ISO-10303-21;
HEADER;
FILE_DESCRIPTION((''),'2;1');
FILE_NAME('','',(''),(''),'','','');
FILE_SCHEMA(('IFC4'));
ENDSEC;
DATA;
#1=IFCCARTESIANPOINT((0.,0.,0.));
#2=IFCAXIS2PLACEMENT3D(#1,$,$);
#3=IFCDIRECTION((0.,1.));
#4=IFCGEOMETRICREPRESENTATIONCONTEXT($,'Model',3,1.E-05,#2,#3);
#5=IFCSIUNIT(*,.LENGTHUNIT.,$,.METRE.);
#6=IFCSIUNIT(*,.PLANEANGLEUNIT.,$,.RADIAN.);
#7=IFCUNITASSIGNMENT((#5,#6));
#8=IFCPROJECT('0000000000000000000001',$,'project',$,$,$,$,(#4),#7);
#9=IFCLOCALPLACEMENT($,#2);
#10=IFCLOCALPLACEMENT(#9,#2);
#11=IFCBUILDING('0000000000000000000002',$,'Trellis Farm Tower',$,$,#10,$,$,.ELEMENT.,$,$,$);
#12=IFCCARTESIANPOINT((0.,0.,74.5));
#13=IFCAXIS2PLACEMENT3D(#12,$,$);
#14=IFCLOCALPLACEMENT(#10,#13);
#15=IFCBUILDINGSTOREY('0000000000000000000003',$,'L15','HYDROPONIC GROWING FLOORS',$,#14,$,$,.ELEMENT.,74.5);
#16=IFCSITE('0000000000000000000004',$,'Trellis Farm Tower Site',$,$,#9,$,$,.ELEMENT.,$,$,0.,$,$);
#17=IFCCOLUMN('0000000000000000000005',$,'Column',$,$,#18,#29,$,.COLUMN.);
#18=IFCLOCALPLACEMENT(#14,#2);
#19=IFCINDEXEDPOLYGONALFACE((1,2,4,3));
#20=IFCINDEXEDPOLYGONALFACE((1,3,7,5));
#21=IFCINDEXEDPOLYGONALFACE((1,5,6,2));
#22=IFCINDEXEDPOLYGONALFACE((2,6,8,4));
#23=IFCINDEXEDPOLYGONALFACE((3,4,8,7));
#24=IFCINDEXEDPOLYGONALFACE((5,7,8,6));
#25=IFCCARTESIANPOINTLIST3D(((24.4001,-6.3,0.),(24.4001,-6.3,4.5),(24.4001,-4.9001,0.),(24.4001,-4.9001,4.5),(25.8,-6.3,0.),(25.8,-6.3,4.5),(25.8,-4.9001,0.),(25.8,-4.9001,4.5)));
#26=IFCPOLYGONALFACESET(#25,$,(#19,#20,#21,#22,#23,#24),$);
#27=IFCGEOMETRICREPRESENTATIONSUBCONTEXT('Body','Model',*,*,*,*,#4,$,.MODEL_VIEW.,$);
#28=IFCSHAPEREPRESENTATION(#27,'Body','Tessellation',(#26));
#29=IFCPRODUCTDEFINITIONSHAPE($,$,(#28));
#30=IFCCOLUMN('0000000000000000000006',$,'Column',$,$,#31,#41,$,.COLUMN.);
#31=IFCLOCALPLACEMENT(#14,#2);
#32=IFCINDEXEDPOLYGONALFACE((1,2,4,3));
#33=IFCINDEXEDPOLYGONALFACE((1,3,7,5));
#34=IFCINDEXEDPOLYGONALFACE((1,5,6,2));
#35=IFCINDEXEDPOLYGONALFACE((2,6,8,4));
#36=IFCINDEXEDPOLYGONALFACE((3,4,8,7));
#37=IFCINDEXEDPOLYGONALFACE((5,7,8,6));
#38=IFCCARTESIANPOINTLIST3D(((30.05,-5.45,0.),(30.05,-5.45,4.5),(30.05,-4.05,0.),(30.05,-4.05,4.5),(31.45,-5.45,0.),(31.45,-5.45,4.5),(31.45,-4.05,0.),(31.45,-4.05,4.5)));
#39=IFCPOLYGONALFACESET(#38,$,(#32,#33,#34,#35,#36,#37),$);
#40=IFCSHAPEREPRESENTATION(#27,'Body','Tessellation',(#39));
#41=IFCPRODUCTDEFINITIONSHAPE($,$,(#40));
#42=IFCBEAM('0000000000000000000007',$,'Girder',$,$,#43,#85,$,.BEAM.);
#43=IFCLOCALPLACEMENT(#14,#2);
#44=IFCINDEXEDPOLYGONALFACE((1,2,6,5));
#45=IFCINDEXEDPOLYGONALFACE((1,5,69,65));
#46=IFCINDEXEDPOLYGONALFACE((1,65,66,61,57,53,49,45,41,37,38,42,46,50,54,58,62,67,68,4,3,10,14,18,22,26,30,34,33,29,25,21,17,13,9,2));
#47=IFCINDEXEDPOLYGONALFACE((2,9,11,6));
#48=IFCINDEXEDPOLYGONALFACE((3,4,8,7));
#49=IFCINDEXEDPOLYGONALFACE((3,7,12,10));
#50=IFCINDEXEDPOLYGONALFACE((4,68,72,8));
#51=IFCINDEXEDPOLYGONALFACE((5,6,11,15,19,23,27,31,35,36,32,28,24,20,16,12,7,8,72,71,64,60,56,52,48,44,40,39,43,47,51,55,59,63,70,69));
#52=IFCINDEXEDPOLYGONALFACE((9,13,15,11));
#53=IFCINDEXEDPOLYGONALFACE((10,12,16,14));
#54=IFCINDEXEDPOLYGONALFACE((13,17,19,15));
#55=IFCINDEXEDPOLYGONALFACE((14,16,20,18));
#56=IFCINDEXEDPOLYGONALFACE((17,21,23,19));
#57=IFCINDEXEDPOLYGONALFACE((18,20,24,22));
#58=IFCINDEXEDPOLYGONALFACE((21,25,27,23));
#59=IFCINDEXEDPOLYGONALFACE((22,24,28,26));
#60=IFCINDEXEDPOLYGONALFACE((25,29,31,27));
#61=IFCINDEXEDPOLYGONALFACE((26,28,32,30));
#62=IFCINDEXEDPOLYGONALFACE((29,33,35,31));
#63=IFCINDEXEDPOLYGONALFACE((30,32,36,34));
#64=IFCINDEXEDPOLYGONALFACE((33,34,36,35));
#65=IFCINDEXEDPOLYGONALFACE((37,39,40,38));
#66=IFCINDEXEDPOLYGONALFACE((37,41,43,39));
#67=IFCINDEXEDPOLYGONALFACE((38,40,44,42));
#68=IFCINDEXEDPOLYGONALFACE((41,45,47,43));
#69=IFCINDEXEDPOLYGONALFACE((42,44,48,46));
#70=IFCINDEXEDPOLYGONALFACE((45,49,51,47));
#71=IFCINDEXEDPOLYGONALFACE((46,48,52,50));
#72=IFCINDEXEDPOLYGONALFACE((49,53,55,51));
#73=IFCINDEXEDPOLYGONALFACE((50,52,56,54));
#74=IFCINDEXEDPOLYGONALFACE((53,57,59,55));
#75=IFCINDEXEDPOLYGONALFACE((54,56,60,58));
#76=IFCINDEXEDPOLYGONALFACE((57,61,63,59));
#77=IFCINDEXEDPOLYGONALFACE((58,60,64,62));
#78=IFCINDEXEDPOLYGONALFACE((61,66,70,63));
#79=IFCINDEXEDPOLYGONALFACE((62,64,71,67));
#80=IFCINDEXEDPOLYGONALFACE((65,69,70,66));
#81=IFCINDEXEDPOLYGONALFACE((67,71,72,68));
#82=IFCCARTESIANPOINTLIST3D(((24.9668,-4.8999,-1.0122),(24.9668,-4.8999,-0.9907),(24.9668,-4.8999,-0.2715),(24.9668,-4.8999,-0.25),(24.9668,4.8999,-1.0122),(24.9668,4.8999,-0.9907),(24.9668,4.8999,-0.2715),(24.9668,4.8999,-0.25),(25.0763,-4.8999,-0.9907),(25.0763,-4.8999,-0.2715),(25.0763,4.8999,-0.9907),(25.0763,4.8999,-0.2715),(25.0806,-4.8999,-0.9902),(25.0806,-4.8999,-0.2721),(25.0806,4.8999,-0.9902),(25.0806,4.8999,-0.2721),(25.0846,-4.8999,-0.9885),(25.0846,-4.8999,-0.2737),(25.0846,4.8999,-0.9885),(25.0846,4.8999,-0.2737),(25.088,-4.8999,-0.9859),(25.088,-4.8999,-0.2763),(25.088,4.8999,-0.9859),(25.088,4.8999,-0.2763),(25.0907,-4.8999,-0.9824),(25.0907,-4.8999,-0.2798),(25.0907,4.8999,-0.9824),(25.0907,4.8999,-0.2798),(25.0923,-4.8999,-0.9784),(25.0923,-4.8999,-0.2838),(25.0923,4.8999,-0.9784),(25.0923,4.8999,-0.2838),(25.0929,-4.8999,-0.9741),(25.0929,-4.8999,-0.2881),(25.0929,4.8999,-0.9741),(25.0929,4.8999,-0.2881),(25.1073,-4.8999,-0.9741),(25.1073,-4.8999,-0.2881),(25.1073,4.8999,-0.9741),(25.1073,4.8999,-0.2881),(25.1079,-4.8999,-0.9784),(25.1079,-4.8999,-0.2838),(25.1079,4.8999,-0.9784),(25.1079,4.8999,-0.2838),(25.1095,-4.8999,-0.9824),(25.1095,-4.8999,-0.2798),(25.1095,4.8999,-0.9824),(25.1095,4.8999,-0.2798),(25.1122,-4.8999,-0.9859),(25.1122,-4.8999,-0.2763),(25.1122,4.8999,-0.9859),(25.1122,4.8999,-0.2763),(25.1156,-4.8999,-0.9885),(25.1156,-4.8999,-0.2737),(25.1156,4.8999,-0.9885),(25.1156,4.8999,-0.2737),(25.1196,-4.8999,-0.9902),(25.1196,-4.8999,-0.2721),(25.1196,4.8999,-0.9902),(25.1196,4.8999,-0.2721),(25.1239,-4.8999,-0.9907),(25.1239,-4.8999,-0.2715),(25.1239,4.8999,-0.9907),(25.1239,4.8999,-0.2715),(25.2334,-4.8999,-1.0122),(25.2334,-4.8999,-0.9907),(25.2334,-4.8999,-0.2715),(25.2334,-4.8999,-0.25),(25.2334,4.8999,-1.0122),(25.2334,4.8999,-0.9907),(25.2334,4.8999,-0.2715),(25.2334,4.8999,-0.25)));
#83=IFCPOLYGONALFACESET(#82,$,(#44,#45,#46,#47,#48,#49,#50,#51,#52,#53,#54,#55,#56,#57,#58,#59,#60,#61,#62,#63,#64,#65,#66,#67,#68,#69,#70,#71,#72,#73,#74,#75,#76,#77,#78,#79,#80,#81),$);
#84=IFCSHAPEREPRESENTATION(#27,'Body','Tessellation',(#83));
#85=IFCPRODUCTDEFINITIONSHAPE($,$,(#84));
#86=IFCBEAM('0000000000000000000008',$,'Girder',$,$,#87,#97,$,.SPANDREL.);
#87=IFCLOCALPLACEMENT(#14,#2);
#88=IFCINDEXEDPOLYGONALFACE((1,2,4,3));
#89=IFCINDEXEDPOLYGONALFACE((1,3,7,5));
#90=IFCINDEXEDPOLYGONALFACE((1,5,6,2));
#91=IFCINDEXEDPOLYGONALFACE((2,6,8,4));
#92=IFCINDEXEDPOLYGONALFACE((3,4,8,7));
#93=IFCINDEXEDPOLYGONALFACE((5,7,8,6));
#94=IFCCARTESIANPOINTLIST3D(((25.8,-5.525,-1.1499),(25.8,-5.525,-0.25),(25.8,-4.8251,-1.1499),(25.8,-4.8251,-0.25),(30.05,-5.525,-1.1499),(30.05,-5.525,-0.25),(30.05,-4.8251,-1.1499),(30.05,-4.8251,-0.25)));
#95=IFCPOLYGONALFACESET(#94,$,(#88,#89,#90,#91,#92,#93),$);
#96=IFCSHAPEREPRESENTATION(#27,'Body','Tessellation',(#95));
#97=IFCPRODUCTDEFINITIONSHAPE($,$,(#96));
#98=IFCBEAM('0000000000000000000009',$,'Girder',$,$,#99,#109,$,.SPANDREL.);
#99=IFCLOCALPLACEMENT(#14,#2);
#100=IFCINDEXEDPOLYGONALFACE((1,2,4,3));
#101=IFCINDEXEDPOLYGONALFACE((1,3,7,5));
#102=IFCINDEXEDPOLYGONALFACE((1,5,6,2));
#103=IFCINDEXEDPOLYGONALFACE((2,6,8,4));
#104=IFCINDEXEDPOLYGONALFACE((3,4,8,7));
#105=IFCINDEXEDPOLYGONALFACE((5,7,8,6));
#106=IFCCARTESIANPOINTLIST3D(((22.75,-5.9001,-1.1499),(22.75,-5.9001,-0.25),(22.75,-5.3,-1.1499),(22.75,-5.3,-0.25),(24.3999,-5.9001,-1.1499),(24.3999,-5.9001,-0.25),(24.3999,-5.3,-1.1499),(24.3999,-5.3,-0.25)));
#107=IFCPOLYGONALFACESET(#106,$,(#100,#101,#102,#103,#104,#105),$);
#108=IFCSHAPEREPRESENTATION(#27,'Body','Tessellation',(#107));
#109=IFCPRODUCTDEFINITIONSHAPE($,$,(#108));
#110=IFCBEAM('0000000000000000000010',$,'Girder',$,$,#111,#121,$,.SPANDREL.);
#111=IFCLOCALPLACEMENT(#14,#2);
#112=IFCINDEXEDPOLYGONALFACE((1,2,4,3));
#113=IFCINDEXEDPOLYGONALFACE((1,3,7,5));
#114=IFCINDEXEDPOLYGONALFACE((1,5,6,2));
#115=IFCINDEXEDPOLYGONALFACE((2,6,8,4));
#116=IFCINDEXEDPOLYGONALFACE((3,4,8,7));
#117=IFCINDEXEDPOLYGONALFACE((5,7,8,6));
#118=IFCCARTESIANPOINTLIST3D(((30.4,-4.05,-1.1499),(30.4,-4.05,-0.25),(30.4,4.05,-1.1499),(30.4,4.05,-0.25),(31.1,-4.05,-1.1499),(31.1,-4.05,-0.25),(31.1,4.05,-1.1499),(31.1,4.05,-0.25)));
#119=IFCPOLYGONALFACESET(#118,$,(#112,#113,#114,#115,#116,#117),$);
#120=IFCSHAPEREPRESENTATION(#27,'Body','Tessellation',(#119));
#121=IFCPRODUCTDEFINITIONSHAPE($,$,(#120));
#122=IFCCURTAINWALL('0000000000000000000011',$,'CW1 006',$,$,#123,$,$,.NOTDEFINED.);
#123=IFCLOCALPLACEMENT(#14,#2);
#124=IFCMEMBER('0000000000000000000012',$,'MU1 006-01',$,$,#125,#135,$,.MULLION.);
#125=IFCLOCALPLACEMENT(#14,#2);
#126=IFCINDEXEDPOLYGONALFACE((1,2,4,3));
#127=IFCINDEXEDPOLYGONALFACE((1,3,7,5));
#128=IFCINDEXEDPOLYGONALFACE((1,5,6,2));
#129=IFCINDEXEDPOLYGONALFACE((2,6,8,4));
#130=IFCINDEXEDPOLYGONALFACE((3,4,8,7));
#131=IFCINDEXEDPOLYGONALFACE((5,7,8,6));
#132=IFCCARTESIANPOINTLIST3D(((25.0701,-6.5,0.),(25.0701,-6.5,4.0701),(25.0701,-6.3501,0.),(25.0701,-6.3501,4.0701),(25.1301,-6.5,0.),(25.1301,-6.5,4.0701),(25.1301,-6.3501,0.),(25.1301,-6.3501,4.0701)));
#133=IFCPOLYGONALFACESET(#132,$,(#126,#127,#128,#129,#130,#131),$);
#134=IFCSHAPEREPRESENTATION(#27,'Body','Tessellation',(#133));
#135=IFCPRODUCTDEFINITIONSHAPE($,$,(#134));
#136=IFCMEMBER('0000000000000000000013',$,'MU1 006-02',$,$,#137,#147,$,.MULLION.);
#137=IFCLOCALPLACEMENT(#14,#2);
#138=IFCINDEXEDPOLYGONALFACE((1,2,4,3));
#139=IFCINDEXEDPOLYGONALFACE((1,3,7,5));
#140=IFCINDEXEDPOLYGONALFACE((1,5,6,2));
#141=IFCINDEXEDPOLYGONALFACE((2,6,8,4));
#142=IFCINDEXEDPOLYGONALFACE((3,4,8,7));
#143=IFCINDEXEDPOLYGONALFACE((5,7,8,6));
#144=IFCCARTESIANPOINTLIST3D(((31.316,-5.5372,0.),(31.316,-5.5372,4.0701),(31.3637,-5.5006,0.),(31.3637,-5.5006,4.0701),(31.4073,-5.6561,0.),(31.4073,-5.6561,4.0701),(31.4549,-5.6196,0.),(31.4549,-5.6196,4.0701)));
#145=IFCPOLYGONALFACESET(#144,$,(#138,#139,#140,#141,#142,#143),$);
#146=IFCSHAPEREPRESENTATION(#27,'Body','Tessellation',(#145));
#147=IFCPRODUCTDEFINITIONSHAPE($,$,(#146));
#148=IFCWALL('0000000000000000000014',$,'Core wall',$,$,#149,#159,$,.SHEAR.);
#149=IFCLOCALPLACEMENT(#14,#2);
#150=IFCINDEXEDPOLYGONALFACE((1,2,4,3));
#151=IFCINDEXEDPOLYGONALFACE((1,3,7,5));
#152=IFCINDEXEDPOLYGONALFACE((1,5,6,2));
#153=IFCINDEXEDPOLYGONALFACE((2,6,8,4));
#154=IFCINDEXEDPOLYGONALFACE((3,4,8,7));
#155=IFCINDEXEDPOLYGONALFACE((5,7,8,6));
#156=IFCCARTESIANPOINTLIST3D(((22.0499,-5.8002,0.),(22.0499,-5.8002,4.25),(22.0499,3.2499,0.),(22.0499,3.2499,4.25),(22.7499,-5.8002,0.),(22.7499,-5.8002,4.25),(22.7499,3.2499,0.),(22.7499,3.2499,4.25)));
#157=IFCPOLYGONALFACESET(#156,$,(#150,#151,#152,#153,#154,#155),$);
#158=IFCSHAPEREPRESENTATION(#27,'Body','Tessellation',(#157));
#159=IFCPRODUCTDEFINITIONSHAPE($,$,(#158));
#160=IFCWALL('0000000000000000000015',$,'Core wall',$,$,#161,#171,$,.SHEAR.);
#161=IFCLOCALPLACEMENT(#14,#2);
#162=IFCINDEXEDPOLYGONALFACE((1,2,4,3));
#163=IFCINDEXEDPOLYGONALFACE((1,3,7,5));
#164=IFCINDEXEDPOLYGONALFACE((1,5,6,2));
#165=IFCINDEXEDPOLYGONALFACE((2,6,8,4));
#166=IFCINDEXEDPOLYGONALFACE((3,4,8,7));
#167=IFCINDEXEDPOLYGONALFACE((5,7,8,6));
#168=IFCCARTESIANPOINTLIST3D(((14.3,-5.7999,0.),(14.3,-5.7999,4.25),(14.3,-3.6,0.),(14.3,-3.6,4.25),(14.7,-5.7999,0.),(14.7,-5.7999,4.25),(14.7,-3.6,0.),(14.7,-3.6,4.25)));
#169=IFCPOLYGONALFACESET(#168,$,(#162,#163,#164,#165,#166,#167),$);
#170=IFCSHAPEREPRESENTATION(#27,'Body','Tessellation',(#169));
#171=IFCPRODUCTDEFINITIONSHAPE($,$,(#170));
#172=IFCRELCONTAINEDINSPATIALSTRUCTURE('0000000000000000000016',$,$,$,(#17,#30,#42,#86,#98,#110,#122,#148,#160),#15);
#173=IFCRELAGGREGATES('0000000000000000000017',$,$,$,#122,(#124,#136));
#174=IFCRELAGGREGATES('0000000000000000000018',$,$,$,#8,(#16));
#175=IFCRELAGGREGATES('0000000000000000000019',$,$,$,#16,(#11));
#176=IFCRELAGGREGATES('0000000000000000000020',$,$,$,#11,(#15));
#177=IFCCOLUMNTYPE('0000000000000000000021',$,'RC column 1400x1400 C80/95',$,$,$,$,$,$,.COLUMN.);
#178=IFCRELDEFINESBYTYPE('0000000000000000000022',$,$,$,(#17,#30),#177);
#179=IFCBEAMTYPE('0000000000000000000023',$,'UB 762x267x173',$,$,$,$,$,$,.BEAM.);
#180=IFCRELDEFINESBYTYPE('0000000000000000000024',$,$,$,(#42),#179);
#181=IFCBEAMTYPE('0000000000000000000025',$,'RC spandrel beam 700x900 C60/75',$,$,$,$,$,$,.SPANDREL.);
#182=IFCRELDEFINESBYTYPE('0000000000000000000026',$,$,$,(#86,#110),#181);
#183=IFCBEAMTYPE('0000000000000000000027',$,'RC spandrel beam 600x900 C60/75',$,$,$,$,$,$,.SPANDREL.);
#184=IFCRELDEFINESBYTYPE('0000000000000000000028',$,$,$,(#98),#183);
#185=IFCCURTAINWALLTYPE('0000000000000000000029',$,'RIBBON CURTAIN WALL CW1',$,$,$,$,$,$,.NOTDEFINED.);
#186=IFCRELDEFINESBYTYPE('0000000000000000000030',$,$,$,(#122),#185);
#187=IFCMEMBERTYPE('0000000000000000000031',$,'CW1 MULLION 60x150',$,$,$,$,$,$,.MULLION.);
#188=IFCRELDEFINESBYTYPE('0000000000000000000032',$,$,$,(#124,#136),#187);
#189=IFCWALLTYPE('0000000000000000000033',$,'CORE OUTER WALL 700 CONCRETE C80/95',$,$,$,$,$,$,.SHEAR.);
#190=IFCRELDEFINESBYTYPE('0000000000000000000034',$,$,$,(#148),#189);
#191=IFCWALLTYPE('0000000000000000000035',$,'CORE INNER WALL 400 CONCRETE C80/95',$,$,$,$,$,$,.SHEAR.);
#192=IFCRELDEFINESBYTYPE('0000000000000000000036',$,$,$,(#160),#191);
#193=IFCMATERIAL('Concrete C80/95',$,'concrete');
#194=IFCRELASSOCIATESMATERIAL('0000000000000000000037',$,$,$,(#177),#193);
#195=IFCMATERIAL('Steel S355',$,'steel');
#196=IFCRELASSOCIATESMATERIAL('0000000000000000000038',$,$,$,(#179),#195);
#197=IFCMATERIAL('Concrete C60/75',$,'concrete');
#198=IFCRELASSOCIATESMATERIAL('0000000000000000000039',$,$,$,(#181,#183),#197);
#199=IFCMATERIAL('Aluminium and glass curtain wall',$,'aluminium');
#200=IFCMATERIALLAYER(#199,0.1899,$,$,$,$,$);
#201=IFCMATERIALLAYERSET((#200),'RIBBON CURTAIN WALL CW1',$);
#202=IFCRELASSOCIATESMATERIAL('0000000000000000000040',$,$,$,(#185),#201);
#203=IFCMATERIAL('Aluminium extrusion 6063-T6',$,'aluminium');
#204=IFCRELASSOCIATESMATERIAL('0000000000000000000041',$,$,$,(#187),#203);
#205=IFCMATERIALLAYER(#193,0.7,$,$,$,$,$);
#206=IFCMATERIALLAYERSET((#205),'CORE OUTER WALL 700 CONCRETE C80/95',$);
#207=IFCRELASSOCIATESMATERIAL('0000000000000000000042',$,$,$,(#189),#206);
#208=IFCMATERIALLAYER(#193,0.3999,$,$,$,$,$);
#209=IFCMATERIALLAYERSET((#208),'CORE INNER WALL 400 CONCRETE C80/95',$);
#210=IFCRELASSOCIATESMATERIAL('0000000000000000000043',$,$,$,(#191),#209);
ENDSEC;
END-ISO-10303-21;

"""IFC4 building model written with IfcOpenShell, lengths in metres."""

from ifc_helpers import new_model, si_unit, direction, frame, frame_2d, origin, origin_2d, place, context, subcontext, project, spatial, rectangle, i_section, extrude, source, transform, mapped, material, layer, layer_set, material_profile, profile_set, type_object, element, aggregate, save


model = new_model("IFC4")

# Units and contexts
model_context = context("Model", 3, precision=1e-05, world=origin(), true_north=direction((0.0, 1.0)))
body_context = subcontext(model_context, "Body", "Model", "MODEL_VIEW")
ifc_project = project(units=[si_unit("LENGTHUNIT", "METRE"), si_unit("PLANEANGLEUNIT", "RADIAN")], contexts=[model_context])

# Site, building, storey
site_placement = place(None, origin())
site = spatial("IfcSite", under=ifc_project, at=site_placement, Name="Trellis Farm Tower Site", CompositionType="ELEMENT", RefElevation=0.0)
building_placement = place(site_placement, origin())
building = spatial("IfcBuilding", under=site, at=building_placement, Name="Trellis Farm Tower", CompositionType="ELEMENT")
storey_placement = place(building_placement, frame((0.0, 0.0, 74.5)))
storey = spatial("IfcBuildingStorey", under=building, at=storey_placement, Name="L15", Description="HYDROPONIC GROWING FLOORS", CompositionType="ELEMENT", Elevation=74.5)

# Columns
ifc_material_1 = material(Name="Concrete C80/95", Category="concrete")
ifc_material_profile_1 = material_profile(ifc_material_1, rectangle(XDim=1.3999, YDim=1.3999, at=origin_2d()), Name="RC column 1400x1400 C80/95")
ifc_profile_set_1 = profile_set([ifc_material_profile_1], Name="Concrete C80/95")
column_type = type_object("IfcColumnType", Name="RC column 1400x1400 C80/95", PredefinedType="COLUMN", material=ifc_profile_set_1)
shared_shape_1 = source(origin(), body_context, "Body", "SweptSolid", [
    extrude(rectangle(XDim=1.3999, YDim=1.3999, at=origin_2d()), origin(), (0.0, 0.0, 1.0), 4.5),
])
for number, where, z_axis, x_axis, name in (
    (1, (25.1001, -5.6001, 0.0), (0.0, 0.0, 1.0), (1.0, 0.0, 0.0), "Column"),
    (2, (30.75, -4.75, 0.0), (0.0, 0.0, 1.0), (1.0, 0.0, 0.0), "Column"),
):
    element("IfcColumn", number, at=place(storey_placement, frame(where, z_axis=z_axis, x_axis=x_axis)), inside=storey, type_object=column_type, Name=name, PredefinedType="COLUMN", context=body_context, shape_type="MappedRepresentation", body=[
        mapped(shared_shape_1, transform((0.0, 0.0, 0.0))),
    ])

# Beams
ifc_material_2 = material(Name="Steel S355", Category="steel")
ifc_material_profile_2 = material_profile(ifc_material_2, i_section(OverallWidth=0.2666, OverallDepth=0.7622, WebThickness=0.0144, FlangeThickness=0.0215, FilletRadius=0.0166, at=origin_2d()), Name="UB 762x267x173")
ifc_profile_set_2 = profile_set([ifc_material_profile_2], Name="Steel S355")
beam_type_1 = type_object("IfcBeamType", Name="UB 762x267x173", PredefinedType="BEAM", material=ifc_profile_set_2)
shared_shape_2 = source(origin(), body_context, "Body", "SweptSolid", [
    extrude(i_section(OverallWidth=0.2666, OverallDepth=0.7622, WebThickness=0.0144, FlangeThickness=0.0215, FilletRadius=0.0166, at=origin_2d()), origin(), (0.0, 0.0, 1.0), 9.7998),
])
beam_1_placement = place(storey_placement, frame((25.1001, -4.8999, -0.6311), z_axis=(0.0, 1.0, 0.0), x_axis=(-1.0, 0.0, 0.0)))
element("IfcBeam", 3, at=beam_1_placement, inside=storey, type_object=beam_type_1, Name="Girder", PredefinedType="BEAM", context=body_context, shape_type="MappedRepresentation", body=[
    mapped(shared_shape_2, transform((0.0, 0.0, 0.0))),
])
ifc_material_3 = material(Name="Concrete C60/75", Category="concrete")
ifc_material_profile_3 = material_profile(ifc_material_3, rectangle(XDim=0.7, YDim=0.8999, at=origin_2d()), Name="RC spandrel beam 700x900 C60/75")
ifc_profile_set_3 = profile_set([ifc_material_profile_3], Name="Concrete C60/75")
beam_type_2 = type_object("IfcBeamType", Name="RC spandrel beam 700x900 C60/75", PredefinedType="SPANDREL", material=ifc_profile_set_3)
shared_shape_3 = source(origin(), body_context, "Body", "SweptSolid", [
    extrude(rectangle(XDim=0.7, YDim=0.8999, at=origin_2d()), origin(), (0.0, 0.0, 1.0), 4.25),
])
beam_2_placement = place(storey_placement, frame((25.8, -5.175, -0.7), z_axis=(1.0, 0.0, 0.0), x_axis=(0.0, 1.0, 0.0)))
element("IfcBeam", 4, at=beam_2_placement, inside=storey, type_object=beam_type_2, Name="Girder", PredefinedType="SPANDREL", context=body_context, shape_type="MappedRepresentation", body=[
    mapped(shared_shape_3, transform((0.0, 0.0, 0.0))),
])
ifc_material_profile_4 = material_profile(ifc_material_3, rectangle(XDim=0.6001, YDim=0.8999, at=origin_2d()), Name="RC spandrel beam 600x900 C60/75")
ifc_profile_set_4 = profile_set([ifc_material_profile_4], Name="Concrete C60/75")
beam_type_3 = type_object("IfcBeamType", Name="RC spandrel beam 600x900 C60/75", PredefinedType="SPANDREL", material=ifc_profile_set_4)
shared_shape_4 = source(origin(), body_context, "Body", "SweptSolid", [
    extrude(rectangle(XDim=0.6001, YDim=0.8999, at=origin_2d()), origin(), (0.0, 0.0, 1.0), 1.6499),
])
beam_3_placement = place(storey_placement, frame((22.75, -5.6001, -0.7), z_axis=(1.0, 0.0, 0.0), x_axis=(0.0, 1.0, 0.0)))
element("IfcBeam", 5, at=beam_3_placement, inside=storey, type_object=beam_type_3, Name="Girder", PredefinedType="SPANDREL", context=body_context, shape_type="MappedRepresentation", body=[
    mapped(shared_shape_4, transform((0.0, 0.0, 0.0))),
])
shared_shape_5 = source(origin(), body_context, "Body", "SweptSolid", [
    extrude(rectangle(XDim=0.7, YDim=0.8999, at=origin_2d()), origin(), (0.0, 0.0, 1.0), 8.1001),
])
beam_4_placement = place(storey_placement, frame((30.75, -4.05, -0.7), z_axis=(0.0, 1.0, 0.0), x_axis=(-1.0, 0.0, 0.0)))
element("IfcBeam", 6, at=beam_4_placement, inside=storey, type_object=beam_type_2, Name="Girder", PredefinedType="SPANDREL", context=body_context, shape_type="MappedRepresentation", body=[
    mapped(shared_shape_5, transform((0.0, 0.0, 0.0))),
])

# Curtain wall, members
ifc_material_4 = material(Name="Aluminium and glass curtain wall", Category="aluminium")
ifc_layer_1 = layer(ifc_material_4, 0.1899)
ifc_layer_set_1 = layer_set([ifc_layer_1], Name="RIBBON CURTAIN WALL CW1")
curtain_wall_type = type_object("IfcCurtainWallType", Name="RIBBON CURTAIN WALL CW1", PredefinedType="NOTDEFINED", material=ifc_layer_set_1)
placement = place(storey_placement, origin())
curtain_wall = element("IfcCurtainWall", 7, at=placement, inside=storey, type_object=curtain_wall_type, Name="CW1 006", PredefinedType="NOTDEFINED")
ifc_material_5 = material(Name="Aluminium extrusion 6063-T6", Category="aluminium")
ifc_material_profile_5 = material_profile(ifc_material_5, rectangle(XDim=0.0601, YDim=0.1499, at=origin_2d()), Name="MULLION 60x150")
ifc_profile_set_5 = profile_set([ifc_material_profile_5], Name="Aluminium extrusion 6063-T6")
member_type = type_object("IfcMemberType", Name="CW1 MULLION 60x150", PredefinedType="MULLION", material=ifc_profile_set_5)
shared_shape_6 = source(origin(), body_context, "Body", "SweptSolid", [
    extrude(rectangle(XDim=0.0601, YDim=0.1499, at=origin_2d()), origin(), (0.0, 0.0, 1.0), 4.0701),
])
member_1_placement = place(storey_placement, frame((25.1001, -6.425, 0.0), z_axis=(0.0, 0.0, 1.0), x_axis=(1.0, 0.0, 0.0)))
member_1 = element("IfcMember", 8, at=member_1_placement, type_object=member_type, Name="MU1 006-01", PredefinedType="MULLION", context=body_context, shape_type="MappedRepresentation", body=[
    mapped(shared_shape_6, transform((0.0, 0.0, 0.0))),
])
member_2_placement = place(storey_placement, frame((31.3855, -5.5784, 0.0), z_axis=(0.0, 0.0, 1.0), x_axis=(0.793353, 0.608761, 0.0)))
member_2 = element("IfcMember", 9, at=member_2_placement, type_object=member_type, Name="MU1 006-02", PredefinedType="MULLION", context=body_context, shape_type="MappedRepresentation", body=[
    mapped(shared_shape_6, transform((0.0, 0.0, 0.0))),
])
aggregate(curtain_wall, [member_1, member_2])

# Walls
ifc_layer_2 = layer(ifc_material_1, 0.7)
ifc_layer_set_2 = layer_set([ifc_layer_2], Name="CORE OUTER WALL 700 CONCRETE C80/95")
wall_type_1 = type_object("IfcWallType", Name="CORE OUTER WALL 700 CONCRETE C80/95", PredefinedType="SHEAR", material=ifc_layer_set_2)
shared_shape_7 = source(origin(), body_context, "Body", "SweptSolid", [
    extrude(rectangle(XDim=9.05, YDim=0.7, at=frame_2d((4.5249, 0.0))), origin(), (0.0, 0.0, 1.0), 4.25),
])
wall_1_placement = place(storey_placement, frame((22.3999, -5.8, 0.0), z_axis=(0.0, 0.0, 1.0), x_axis=(0.0, 1.0, 0.0)))
element("IfcWall", 10, at=wall_1_placement, inside=storey, type_object=wall_type_1, Name="Core wall", PredefinedType="SHEAR", context=body_context, shape_type="MappedRepresentation", body=[
    mapped(shared_shape_7, transform((0.0, 0.0, 0.0))),
])
ifc_layer_3 = layer(ifc_material_1, 0.3999)
ifc_layer_set_3 = layer_set([ifc_layer_3], Name="CORE INNER WALL 400 CONCRETE C80/95")
wall_type_2 = type_object("IfcWallType", Name="CORE INNER WALL 400 CONCRETE C80/95", PredefinedType="SHEAR", material=ifc_layer_set_3)
shared_shape_8 = source(origin(), body_context, "Body", "SweptSolid", [
    extrude(rectangle(XDim=2.2, YDim=0.3999, at=frame_2d((1.1001, 0.0))), origin(), (0.0, 0.0, 1.0), 4.25),
])
wall_2_placement = place(storey_placement, frame((14.5, -5.8, 0.0), z_axis=(0.0, 0.0, 1.0), x_axis=(0.0, 1.0, 0.0)))
element("IfcWall", 11, at=wall_2_placement, inside=storey, type_object=wall_type_2, Name="Core wall", PredefinedType="SHEAR", context=body_context, shape_type="MappedRepresentation", body=[
    mapped(shared_shape_8, transform((0.0, 0.0, 0.0))),
])

save(model, "model.ifc")
